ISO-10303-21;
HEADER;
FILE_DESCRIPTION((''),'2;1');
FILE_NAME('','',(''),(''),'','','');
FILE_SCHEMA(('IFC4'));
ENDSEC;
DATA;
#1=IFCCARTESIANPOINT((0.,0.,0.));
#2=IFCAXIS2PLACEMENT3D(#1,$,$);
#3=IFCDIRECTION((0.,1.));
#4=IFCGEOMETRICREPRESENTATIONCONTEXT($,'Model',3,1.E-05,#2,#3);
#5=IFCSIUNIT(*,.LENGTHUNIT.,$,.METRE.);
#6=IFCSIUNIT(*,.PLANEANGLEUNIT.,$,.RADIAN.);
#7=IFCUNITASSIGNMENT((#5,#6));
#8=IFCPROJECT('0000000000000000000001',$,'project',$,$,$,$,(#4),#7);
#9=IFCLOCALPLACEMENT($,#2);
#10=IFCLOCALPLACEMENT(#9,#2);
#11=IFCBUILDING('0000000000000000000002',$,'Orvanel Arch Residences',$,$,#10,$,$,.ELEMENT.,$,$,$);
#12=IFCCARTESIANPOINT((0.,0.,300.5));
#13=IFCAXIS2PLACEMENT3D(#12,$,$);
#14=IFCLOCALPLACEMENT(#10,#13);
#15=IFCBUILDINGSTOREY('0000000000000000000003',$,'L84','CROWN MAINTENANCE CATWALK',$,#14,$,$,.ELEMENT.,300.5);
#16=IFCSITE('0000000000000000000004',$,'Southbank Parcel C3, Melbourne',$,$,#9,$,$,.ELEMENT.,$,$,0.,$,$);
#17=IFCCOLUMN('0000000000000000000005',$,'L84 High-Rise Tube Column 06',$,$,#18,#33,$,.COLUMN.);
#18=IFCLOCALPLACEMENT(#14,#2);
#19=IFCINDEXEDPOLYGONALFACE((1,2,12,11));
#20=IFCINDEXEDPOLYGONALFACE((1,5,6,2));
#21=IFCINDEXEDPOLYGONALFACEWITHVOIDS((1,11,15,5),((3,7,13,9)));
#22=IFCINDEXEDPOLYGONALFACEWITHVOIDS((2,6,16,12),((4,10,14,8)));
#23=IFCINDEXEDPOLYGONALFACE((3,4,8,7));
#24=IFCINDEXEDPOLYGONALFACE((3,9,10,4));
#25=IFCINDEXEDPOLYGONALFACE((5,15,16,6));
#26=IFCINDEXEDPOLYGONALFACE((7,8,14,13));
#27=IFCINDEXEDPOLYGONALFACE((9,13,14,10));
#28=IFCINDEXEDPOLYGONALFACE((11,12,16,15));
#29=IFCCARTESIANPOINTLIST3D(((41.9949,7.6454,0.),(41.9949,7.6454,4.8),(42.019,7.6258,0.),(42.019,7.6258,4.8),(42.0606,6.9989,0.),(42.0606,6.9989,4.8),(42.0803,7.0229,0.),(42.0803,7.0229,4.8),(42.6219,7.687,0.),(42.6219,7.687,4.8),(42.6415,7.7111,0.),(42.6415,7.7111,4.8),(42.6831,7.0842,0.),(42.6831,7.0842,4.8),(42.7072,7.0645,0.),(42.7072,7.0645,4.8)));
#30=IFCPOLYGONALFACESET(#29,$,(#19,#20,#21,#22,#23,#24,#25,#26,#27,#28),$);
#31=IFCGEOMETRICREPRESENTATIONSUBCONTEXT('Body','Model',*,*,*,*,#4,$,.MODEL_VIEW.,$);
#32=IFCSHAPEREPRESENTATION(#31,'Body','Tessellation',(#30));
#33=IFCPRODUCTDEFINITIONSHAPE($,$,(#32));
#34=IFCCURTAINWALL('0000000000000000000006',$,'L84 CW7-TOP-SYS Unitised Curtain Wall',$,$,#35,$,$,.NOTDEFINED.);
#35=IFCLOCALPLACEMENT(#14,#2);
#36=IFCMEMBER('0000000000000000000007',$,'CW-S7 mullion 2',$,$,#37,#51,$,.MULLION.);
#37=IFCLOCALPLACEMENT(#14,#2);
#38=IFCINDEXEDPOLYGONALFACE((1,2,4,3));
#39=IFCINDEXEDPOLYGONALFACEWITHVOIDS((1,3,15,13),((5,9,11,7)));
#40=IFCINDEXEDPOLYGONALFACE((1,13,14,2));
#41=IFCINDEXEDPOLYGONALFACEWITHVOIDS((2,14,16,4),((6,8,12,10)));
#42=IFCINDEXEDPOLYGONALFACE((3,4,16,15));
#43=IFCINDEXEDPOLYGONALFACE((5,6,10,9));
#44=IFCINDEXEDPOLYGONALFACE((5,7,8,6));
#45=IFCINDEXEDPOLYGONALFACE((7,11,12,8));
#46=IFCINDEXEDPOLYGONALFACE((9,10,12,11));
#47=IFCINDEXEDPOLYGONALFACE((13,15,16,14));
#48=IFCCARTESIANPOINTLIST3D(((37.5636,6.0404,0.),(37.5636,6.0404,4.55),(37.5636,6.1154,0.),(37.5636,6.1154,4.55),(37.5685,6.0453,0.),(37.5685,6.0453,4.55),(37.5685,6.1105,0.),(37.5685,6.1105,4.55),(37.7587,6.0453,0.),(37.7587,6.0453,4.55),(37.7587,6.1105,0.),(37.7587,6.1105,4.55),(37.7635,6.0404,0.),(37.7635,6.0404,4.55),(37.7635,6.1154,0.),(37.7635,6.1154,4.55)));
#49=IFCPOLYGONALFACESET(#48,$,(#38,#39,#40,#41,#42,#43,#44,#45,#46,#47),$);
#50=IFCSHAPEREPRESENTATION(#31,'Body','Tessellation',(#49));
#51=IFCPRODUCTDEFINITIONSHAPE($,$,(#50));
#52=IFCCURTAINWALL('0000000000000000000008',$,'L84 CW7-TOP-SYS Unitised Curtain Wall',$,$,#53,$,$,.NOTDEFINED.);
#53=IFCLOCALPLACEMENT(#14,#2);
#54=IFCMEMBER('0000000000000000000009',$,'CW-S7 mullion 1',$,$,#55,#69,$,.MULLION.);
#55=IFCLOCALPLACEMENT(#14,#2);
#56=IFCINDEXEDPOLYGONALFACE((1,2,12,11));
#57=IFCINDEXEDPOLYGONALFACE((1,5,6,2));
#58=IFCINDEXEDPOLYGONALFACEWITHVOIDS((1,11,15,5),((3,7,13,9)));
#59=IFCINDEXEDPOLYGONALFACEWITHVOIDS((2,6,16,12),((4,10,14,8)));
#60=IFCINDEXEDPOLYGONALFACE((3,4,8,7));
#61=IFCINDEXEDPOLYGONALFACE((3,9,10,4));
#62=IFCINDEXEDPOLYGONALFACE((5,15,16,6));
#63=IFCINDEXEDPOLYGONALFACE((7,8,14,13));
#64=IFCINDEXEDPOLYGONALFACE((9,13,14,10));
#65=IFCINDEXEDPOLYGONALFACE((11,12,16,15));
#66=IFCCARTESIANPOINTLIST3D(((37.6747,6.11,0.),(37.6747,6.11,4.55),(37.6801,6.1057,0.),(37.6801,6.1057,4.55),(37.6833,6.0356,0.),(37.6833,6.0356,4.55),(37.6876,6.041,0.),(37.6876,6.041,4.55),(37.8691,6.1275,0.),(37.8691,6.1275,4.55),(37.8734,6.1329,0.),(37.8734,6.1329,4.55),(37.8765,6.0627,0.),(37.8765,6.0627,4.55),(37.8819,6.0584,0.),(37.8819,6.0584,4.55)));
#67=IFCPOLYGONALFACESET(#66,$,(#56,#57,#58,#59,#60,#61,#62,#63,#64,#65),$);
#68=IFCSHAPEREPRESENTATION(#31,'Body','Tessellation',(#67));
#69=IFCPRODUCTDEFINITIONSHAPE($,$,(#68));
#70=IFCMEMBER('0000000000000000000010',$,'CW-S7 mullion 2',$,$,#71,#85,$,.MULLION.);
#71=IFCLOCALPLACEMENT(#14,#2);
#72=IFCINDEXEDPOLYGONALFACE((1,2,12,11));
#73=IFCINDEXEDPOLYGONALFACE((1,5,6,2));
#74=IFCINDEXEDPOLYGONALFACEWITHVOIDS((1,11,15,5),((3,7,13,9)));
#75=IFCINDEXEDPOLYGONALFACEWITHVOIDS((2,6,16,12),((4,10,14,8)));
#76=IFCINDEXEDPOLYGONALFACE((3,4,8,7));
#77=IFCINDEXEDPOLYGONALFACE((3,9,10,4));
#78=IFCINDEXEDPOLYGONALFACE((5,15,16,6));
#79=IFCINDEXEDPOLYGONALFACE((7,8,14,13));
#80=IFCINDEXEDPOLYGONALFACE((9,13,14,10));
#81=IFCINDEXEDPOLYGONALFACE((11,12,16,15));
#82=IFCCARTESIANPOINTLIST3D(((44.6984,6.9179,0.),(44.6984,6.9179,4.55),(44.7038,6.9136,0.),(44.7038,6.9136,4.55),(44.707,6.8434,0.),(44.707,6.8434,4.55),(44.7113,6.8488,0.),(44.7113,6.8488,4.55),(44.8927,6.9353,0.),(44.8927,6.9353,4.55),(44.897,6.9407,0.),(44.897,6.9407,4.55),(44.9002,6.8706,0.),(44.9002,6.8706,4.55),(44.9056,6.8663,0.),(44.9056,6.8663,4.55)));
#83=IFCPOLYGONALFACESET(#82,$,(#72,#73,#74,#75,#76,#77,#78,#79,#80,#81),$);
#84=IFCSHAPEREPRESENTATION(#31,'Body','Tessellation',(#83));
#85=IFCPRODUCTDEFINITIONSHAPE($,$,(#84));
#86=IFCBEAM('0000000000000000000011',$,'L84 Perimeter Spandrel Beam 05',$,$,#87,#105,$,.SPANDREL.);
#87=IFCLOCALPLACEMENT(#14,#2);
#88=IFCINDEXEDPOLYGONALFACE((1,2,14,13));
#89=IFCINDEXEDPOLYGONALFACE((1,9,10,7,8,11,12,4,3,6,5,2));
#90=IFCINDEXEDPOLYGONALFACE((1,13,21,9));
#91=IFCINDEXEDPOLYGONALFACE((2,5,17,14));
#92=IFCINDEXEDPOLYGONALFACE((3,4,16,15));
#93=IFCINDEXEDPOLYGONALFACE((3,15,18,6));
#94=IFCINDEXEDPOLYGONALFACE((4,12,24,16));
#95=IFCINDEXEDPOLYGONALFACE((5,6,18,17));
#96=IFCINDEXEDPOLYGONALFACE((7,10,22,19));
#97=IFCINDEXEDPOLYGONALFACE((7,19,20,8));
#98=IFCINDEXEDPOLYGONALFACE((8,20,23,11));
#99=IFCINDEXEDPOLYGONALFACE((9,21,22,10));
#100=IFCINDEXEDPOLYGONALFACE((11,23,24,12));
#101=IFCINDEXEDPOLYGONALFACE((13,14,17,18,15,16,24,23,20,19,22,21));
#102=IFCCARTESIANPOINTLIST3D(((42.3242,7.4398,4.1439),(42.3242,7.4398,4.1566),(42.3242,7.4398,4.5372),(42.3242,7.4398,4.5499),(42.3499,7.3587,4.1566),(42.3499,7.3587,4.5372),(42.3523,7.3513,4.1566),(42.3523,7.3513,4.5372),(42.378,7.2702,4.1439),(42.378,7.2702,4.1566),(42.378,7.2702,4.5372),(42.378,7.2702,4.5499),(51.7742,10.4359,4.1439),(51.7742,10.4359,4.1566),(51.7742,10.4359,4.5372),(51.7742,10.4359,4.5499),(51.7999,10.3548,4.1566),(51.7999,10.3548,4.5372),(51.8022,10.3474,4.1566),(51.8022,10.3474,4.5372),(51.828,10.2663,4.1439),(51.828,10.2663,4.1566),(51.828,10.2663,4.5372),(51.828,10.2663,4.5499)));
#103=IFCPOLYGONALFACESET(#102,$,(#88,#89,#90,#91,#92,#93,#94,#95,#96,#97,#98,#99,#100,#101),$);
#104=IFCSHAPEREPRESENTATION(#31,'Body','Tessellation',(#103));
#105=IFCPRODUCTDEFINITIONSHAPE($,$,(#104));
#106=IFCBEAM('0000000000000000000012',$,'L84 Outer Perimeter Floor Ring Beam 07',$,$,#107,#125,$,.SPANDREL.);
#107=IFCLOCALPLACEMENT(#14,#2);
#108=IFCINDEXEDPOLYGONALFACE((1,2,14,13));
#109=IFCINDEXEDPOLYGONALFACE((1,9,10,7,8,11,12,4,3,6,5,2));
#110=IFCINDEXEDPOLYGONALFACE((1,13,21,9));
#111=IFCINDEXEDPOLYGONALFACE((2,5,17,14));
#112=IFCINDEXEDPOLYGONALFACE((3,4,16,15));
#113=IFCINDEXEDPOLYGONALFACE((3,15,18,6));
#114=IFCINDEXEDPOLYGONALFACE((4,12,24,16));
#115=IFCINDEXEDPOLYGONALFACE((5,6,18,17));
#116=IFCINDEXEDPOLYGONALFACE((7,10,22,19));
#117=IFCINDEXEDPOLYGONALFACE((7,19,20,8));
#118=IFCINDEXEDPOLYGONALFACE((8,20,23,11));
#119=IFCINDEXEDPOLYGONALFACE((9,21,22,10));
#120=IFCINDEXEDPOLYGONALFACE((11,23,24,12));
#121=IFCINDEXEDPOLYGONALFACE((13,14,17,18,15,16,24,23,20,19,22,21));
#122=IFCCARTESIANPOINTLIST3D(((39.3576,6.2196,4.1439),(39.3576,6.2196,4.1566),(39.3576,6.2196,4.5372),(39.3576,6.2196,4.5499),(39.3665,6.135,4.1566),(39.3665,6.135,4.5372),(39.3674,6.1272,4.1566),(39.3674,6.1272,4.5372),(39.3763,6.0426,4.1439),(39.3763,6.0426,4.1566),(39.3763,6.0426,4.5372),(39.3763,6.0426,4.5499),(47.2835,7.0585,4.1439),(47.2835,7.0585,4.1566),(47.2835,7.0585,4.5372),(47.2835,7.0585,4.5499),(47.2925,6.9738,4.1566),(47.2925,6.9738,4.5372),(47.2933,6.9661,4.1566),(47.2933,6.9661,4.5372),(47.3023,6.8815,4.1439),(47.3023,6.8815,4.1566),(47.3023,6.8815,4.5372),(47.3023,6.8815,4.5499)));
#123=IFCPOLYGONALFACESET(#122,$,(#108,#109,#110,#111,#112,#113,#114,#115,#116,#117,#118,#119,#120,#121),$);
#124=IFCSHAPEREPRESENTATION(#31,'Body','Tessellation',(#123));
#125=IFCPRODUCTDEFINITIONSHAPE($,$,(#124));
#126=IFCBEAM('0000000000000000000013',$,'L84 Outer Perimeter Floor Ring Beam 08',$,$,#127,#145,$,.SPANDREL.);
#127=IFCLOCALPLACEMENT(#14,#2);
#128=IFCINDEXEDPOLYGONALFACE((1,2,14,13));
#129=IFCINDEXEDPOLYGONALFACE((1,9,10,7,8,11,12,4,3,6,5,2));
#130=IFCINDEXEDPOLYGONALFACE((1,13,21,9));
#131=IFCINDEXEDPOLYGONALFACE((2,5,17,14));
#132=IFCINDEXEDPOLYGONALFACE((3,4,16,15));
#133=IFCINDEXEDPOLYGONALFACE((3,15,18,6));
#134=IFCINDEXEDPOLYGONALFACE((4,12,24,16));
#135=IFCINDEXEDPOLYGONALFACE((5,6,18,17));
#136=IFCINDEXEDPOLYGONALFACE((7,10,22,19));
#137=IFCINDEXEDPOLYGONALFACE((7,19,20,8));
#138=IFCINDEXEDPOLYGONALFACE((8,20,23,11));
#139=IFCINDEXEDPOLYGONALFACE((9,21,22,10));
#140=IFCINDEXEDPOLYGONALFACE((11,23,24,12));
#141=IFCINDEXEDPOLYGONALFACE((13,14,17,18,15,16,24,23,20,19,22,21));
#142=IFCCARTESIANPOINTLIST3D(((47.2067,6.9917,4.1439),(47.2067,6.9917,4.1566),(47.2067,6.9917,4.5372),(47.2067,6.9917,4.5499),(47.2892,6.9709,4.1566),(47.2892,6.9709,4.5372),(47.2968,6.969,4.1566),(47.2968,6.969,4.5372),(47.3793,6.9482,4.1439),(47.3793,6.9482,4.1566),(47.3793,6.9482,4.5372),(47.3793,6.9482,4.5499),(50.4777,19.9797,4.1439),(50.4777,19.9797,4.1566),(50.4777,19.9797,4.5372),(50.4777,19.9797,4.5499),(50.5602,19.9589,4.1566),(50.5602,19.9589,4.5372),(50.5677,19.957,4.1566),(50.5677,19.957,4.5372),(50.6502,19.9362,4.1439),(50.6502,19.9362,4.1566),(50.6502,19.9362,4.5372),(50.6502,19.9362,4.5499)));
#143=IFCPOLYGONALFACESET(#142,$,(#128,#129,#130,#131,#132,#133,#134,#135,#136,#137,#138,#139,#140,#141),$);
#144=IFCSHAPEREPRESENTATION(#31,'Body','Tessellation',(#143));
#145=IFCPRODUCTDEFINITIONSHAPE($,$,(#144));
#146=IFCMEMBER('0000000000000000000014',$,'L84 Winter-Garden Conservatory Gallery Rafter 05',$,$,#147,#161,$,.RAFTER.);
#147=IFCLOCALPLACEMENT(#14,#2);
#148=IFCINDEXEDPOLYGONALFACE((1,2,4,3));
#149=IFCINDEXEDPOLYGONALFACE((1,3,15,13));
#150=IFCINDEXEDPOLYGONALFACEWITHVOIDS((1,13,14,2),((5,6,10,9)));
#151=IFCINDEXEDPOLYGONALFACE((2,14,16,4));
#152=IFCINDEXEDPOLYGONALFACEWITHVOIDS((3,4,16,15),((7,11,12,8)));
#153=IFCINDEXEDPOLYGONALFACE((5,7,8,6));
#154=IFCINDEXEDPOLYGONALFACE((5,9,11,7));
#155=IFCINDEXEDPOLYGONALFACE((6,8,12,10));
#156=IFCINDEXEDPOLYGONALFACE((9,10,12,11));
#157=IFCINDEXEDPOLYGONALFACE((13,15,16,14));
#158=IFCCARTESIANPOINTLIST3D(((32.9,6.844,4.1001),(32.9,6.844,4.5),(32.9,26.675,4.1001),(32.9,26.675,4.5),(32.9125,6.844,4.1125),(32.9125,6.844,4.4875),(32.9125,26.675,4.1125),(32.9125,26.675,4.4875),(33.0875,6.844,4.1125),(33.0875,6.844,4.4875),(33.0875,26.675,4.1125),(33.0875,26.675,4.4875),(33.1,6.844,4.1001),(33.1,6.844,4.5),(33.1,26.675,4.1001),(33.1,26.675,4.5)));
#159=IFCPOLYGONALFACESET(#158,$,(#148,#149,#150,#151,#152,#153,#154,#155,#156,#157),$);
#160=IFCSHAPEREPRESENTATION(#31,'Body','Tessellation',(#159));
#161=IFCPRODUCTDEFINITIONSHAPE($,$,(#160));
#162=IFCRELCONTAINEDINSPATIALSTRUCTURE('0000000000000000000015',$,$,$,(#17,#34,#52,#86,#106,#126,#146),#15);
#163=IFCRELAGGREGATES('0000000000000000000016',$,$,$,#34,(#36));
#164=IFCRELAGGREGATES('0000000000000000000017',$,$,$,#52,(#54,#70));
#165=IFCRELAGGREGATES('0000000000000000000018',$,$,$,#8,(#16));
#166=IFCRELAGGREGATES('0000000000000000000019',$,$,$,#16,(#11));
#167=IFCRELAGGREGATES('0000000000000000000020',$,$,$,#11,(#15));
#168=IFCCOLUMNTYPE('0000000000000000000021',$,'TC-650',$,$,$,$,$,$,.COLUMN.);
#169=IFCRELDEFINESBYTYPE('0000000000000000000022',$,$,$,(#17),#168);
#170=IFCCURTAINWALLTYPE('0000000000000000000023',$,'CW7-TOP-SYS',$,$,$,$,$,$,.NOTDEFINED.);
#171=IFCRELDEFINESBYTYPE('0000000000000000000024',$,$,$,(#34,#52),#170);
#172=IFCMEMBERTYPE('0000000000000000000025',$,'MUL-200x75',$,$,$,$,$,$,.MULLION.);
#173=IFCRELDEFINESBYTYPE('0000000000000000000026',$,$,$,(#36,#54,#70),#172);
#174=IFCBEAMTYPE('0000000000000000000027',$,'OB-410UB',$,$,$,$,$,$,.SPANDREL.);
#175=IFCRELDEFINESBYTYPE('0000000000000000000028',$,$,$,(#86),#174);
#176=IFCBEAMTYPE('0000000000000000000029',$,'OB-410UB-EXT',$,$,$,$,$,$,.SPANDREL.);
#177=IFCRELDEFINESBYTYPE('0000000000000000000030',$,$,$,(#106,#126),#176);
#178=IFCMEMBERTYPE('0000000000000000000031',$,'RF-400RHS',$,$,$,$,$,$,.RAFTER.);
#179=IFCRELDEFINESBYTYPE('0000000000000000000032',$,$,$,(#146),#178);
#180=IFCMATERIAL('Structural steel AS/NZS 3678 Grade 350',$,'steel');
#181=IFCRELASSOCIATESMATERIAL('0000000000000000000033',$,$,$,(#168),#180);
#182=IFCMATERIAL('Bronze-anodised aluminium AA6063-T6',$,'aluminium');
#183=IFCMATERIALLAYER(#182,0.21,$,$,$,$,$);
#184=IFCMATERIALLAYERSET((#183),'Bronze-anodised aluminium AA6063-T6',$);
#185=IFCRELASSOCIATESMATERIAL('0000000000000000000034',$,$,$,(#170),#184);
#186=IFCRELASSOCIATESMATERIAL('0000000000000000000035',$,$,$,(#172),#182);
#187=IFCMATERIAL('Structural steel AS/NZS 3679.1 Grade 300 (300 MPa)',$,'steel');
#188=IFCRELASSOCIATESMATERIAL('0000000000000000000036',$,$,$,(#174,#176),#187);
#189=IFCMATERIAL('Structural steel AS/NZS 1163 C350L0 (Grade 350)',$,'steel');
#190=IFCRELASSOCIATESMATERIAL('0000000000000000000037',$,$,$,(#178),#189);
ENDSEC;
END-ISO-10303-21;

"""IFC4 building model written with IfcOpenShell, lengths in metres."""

from ifc_helpers import new_model, si_unit, direction, frame, origin, origin_2d, place, context, subcontext, project, spatial, hollow_rectangle, i_section, extrude, material, layer, layer_set, material_profile, profile_set, type_object, element, aggregate, save


model = new_model("IFC4")

# Units and contexts
model_context = context("Model", 3, precision=1e-05, world=origin(), true_north=direction((0.0, 1.0)))
body_context = subcontext(model_context, "Body", "Model", "MODEL_VIEW")
ifc_project = project(units=[si_unit("LENGTHUNIT", "METRE"), si_unit("PLANEANGLEUNIT", "RADIAN")], contexts=[model_context])

# Site, building, storey
site_placement = place(None, origin())
site = spatial("IfcSite", under=ifc_project, at=site_placement, Name="Southbank Parcel C3, Melbourne", CompositionType="ELEMENT", RefElevation=0.0)
building_placement = place(site_placement, origin())
building = spatial("IfcBuilding", under=site, at=building_placement, Name="Orvanel Arch Residences", CompositionType="ELEMENT")
storey_placement = place(building_placement, frame((0.0, 0.0, 300.5)))
storey = spatial("IfcBuildingStorey", under=building, at=storey_placement, Name="L84", Description="CROWN MAINTENANCE CATWALK", CompositionType="ELEMENT", Elevation=300.5)

# Column
ifc_material_1 = material(Name="Structural steel AS/NZS 3678 Grade 350", Category="steel")
ifc_material_profile_1 = material_profile(ifc_material_1, hollow_rectangle(XDim=0.6499, YDim=0.6499, WallThickness=0.022, at=origin_2d()), Name="BOX650x650x22")
ifc_profile_set_1 = profile_set([ifc_material_profile_1], Name="Structural steel AS/NZS 3678 Grade 350")
column_type = type_object("IfcColumnType", Name="TC-650", PredefinedType="COLUMN", material=ifc_profile_set_1)
column_placement = place(storey_placement, frame((42.3511, 7.355, 0.0), z_axis=(0.0, 0.0, 1.0), x_axis=(0.994881, 0.101056, 0.0)))
element("IfcColumn", 1, at=column_placement, inside=storey, type_object=column_type, Name="L84 High-Rise Tube Column 06", PredefinedType="COLUMN", context=body_context, shape_type="SweptSolid", body=[
    extrude(hollow_rectangle(XDim=0.6499, YDim=0.6499, WallThickness=0.022, at=origin_2d()), origin(), (0.0, 0.0, 1.0), 4.8),
])

# Curtain wall, member
ifc_material_2 = material(Name="Bronze-anodised aluminium AA6063-T6", Category="aluminium")
ifc_layer_1 = layer(ifc_material_2, 0.21)
ifc_layer_set_1 = layer_set([ifc_layer_1], Name="Bronze-anodised aluminium AA6063-T6")
curtain_wall_type = type_object("IfcCurtainWallType", Name="CW7-TOP-SYS", PredefinedType="NOTDEFINED", material=ifc_layer_set_1)
curtain_wall_1_placement = place(storey_placement, origin())
curtain_wall_1 = element("IfcCurtainWall", 2, at=curtain_wall_1_placement, inside=storey, type_object=curtain_wall_type, Name="L84 CW7-TOP-SYS Unitised Curtain Wall", PredefinedType="NOTDEFINED")
ifc_material_profile_2 = material_profile(ifc_material_2, hollow_rectangle(XDim=0.075, YDim=0.2, WallThickness=0.0049, at=origin_2d()), Name="ALU200x75x5")
ifc_profile_set_2 = profile_set([ifc_material_profile_2], Name="Bronze-anodised aluminium AA6063-T6")
member_type_1 = type_object("IfcMemberType", Name="MUL-200x75", PredefinedType="MULLION", material=ifc_profile_set_2)
member_1_placement = place(storey_placement, frame((37.6636, 6.0779, 0.0), z_axis=(0.0, 0.0, 1.0), x_axis=(0.0, 1.0, 0.0)))
member_1 = element("IfcMember", 3, at=member_1_placement, type_object=member_type_1, Name="CW-S7 mullion 2", PredefinedType="MULLION", context=body_context, shape_type="SweptSolid", body=[
    extrude(hollow_rectangle(XDim=0.075, YDim=0.2, WallThickness=0.0049, at=origin_2d()), origin(), (0.0, 0.0, 1.0), 4.55),
])

# Curtain wall, members
curtain_wall_2_placement = place(storey_placement, origin())
curtain_wall_2 = element("IfcCurtainWall", 4, at=curtain_wall_2_placement, inside=storey, type_object=curtain_wall_type, Name="L84 CW7-TOP-SYS Unitised Curtain Wall", PredefinedType="NOTDEFINED")
member_2_placement = place(storey_placement, frame((37.7783, 6.0842, 0.0), z_axis=(0.0, 0.0, 1.0), x_axis=(-0.114245, 0.993453, 0.0)))
member_2 = element("IfcMember", 5, at=member_2_placement, type_object=member_type_1, Name="CW-S7 mullion 1", PredefinedType="MULLION", context=body_context, shape_type="SweptSolid", body=[
    extrude(hollow_rectangle(XDim=0.075, YDim=0.2, WallThickness=0.0049, at=origin_2d()), origin(), (0.0, 0.0, 1.0), 4.55),
])
member_3_placement = place(storey_placement, frame((44.802, 6.8921, 0.0), z_axis=(0.0, 0.0, 1.0), x_axis=(-0.114245, 0.993453, 0.0)))
member_3 = element("IfcMember", 6, at=member_3_placement, type_object=member_type_1, Name="CW-S7 mullion 2", PredefinedType="MULLION", context=body_context, shape_type="SweptSolid", body=[
    extrude(hollow_rectangle(XDim=0.075, YDim=0.2, WallThickness=0.0049, at=origin_2d()), origin(), (0.0, 0.0, 1.0), 4.55),
])

# Beams
ifc_material_3 = material(Name="Structural steel AS/NZS 3679.1 Grade 300 (300 MPa)", Category="steel")
ifc_material_profile_3 = material_profile(ifc_material_3, i_section(OverallWidth=0.178, OverallDepth=0.406, WebThickness=0.0078, FlangeThickness=0.0127, at=origin_2d()), Name="410UB59.7")
ifc_profile_set_3 = profile_set([ifc_material_profile_3], Name="Structural steel AS/NZS 3679.1 Grade 300 (300 MPa)")
beam_type_1 = type_object("IfcBeamType", Name="OB-410UB", PredefinedType="SPANDREL", material=ifc_profile_set_3)
beam_1_placement = place(storey_placement, frame((42.3511, 7.355, 4.3469), z_axis=(0.953237, 0.302223, 0.0), x_axis=(-0.302223, 0.953237, 0.0)))
element("IfcBeam", 7, at=beam_1_placement, inside=storey, type_object=beam_type_1, Name="L84 Perimeter Spandrel Beam 05", PredefinedType="SPANDREL", context=body_context, shape_type="SweptSolid", body=[
    extrude(i_section(OverallWidth=0.178, OverallDepth=0.406, WebThickness=0.0078, FlangeThickness=0.0127, at=origin_2d()), origin(), (0.0, 0.0, 1.0), 9.9136),
])
ifc_material_profile_4 = material_profile(ifc_material_3, i_section(OverallWidth=0.178, OverallDepth=0.406, WebThickness=0.0078, FlangeThickness=0.0127, at=origin_2d()), Name="410UB59.7")
ifc_profile_set_4 = profile_set([ifc_material_profile_4], Name="Structural steel AS/NZS 3679.1 Grade 300 (300 MPa)")
beam_type_2 = type_object("IfcBeamType", Name="OB-410UB-EXT", PredefinedType="SPANDREL", material=ifc_profile_set_4)
beam_2_placement = place(storey_placement, frame((39.3669, 6.1311, 4.3469), z_axis=(0.994446, 0.105249, 0.0), x_axis=(-0.105249, 0.994446, 0.0)))
element("IfcBeam", 8, at=beam_2_placement, inside=storey, type_object=beam_type_2, Name="L84 Outer Perimeter Floor Ring Beam 07", PredefinedType="SPANDREL", context=body_context, shape_type="SweptSolid", body=[
    extrude(i_section(OverallWidth=0.178, OverallDepth=0.406, WebThickness=0.0078, FlangeThickness=0.0127, at=origin_2d()), origin(), (0.0, 0.0, 1.0), 7.9702),
])
beam_3_placement = place(storey_placement, frame((47.293, 6.97, 4.3469), z_axis=(0.244221, 0.96972, 0.0), x_axis=(-0.96972, 0.244221, 0.0)))
element("IfcBeam", 9, at=beam_3_placement, inside=storey, type_object=beam_type_2, Name="L84 Outer Perimeter Floor Ring Beam 08", PredefinedType="SPANDREL", context=body_context, shape_type="SweptSolid", body=[
    extrude(i_section(OverallWidth=0.178, OverallDepth=0.406, WebThickness=0.0078, FlangeThickness=0.0127, at=origin_2d()), origin(), (0.0, 0.0, 1.0), 13.3936),
])

# Member
ifc_material_4 = material(Name="Structural steel AS/NZS 1163 C350L0 (Grade 350)", Category="steel")
ifc_material_profile_5 = material_profile(ifc_material_4, hollow_rectangle(XDim=0.2, YDim=0.3999, WallThickness=0.0125, at=origin_2d()), Name="RHS400x200x12.5")
ifc_profile_set_5 = profile_set([ifc_material_profile_5], Name="Structural steel AS/NZS 1163 C350L0 (Grade 350)")
member_type_2 = type_object("IfcMemberType", Name="RF-400RHS", PredefinedType="RAFTER", material=ifc_profile_set_5)
member_4_placement = place(storey_placement, frame((33.0, 26.675, 4.3), z_axis=(0.0, -1.0, 0.0), x_axis=(1.0, 0.0, 0.0)))
element("IfcMember", 10, at=member_4_placement, inside=storey, type_object=member_type_2, Name="L84 Winter-Garden Conservatory Gallery Rafter 05", PredefinedType="RAFTER", context=body_context, shape_type="SweptSolid", body=[
    extrude(hollow_rectangle(XDim=0.2, YDim=0.3999, WallThickness=0.0125, at=origin_2d()), origin(), (0.0, 0.0, 1.0), 19.8311),
])

aggregate(curtain_wall_1, [member_1])
aggregate(curtain_wall_2, [member_2, member_3])

save(model, "model.ifc")
